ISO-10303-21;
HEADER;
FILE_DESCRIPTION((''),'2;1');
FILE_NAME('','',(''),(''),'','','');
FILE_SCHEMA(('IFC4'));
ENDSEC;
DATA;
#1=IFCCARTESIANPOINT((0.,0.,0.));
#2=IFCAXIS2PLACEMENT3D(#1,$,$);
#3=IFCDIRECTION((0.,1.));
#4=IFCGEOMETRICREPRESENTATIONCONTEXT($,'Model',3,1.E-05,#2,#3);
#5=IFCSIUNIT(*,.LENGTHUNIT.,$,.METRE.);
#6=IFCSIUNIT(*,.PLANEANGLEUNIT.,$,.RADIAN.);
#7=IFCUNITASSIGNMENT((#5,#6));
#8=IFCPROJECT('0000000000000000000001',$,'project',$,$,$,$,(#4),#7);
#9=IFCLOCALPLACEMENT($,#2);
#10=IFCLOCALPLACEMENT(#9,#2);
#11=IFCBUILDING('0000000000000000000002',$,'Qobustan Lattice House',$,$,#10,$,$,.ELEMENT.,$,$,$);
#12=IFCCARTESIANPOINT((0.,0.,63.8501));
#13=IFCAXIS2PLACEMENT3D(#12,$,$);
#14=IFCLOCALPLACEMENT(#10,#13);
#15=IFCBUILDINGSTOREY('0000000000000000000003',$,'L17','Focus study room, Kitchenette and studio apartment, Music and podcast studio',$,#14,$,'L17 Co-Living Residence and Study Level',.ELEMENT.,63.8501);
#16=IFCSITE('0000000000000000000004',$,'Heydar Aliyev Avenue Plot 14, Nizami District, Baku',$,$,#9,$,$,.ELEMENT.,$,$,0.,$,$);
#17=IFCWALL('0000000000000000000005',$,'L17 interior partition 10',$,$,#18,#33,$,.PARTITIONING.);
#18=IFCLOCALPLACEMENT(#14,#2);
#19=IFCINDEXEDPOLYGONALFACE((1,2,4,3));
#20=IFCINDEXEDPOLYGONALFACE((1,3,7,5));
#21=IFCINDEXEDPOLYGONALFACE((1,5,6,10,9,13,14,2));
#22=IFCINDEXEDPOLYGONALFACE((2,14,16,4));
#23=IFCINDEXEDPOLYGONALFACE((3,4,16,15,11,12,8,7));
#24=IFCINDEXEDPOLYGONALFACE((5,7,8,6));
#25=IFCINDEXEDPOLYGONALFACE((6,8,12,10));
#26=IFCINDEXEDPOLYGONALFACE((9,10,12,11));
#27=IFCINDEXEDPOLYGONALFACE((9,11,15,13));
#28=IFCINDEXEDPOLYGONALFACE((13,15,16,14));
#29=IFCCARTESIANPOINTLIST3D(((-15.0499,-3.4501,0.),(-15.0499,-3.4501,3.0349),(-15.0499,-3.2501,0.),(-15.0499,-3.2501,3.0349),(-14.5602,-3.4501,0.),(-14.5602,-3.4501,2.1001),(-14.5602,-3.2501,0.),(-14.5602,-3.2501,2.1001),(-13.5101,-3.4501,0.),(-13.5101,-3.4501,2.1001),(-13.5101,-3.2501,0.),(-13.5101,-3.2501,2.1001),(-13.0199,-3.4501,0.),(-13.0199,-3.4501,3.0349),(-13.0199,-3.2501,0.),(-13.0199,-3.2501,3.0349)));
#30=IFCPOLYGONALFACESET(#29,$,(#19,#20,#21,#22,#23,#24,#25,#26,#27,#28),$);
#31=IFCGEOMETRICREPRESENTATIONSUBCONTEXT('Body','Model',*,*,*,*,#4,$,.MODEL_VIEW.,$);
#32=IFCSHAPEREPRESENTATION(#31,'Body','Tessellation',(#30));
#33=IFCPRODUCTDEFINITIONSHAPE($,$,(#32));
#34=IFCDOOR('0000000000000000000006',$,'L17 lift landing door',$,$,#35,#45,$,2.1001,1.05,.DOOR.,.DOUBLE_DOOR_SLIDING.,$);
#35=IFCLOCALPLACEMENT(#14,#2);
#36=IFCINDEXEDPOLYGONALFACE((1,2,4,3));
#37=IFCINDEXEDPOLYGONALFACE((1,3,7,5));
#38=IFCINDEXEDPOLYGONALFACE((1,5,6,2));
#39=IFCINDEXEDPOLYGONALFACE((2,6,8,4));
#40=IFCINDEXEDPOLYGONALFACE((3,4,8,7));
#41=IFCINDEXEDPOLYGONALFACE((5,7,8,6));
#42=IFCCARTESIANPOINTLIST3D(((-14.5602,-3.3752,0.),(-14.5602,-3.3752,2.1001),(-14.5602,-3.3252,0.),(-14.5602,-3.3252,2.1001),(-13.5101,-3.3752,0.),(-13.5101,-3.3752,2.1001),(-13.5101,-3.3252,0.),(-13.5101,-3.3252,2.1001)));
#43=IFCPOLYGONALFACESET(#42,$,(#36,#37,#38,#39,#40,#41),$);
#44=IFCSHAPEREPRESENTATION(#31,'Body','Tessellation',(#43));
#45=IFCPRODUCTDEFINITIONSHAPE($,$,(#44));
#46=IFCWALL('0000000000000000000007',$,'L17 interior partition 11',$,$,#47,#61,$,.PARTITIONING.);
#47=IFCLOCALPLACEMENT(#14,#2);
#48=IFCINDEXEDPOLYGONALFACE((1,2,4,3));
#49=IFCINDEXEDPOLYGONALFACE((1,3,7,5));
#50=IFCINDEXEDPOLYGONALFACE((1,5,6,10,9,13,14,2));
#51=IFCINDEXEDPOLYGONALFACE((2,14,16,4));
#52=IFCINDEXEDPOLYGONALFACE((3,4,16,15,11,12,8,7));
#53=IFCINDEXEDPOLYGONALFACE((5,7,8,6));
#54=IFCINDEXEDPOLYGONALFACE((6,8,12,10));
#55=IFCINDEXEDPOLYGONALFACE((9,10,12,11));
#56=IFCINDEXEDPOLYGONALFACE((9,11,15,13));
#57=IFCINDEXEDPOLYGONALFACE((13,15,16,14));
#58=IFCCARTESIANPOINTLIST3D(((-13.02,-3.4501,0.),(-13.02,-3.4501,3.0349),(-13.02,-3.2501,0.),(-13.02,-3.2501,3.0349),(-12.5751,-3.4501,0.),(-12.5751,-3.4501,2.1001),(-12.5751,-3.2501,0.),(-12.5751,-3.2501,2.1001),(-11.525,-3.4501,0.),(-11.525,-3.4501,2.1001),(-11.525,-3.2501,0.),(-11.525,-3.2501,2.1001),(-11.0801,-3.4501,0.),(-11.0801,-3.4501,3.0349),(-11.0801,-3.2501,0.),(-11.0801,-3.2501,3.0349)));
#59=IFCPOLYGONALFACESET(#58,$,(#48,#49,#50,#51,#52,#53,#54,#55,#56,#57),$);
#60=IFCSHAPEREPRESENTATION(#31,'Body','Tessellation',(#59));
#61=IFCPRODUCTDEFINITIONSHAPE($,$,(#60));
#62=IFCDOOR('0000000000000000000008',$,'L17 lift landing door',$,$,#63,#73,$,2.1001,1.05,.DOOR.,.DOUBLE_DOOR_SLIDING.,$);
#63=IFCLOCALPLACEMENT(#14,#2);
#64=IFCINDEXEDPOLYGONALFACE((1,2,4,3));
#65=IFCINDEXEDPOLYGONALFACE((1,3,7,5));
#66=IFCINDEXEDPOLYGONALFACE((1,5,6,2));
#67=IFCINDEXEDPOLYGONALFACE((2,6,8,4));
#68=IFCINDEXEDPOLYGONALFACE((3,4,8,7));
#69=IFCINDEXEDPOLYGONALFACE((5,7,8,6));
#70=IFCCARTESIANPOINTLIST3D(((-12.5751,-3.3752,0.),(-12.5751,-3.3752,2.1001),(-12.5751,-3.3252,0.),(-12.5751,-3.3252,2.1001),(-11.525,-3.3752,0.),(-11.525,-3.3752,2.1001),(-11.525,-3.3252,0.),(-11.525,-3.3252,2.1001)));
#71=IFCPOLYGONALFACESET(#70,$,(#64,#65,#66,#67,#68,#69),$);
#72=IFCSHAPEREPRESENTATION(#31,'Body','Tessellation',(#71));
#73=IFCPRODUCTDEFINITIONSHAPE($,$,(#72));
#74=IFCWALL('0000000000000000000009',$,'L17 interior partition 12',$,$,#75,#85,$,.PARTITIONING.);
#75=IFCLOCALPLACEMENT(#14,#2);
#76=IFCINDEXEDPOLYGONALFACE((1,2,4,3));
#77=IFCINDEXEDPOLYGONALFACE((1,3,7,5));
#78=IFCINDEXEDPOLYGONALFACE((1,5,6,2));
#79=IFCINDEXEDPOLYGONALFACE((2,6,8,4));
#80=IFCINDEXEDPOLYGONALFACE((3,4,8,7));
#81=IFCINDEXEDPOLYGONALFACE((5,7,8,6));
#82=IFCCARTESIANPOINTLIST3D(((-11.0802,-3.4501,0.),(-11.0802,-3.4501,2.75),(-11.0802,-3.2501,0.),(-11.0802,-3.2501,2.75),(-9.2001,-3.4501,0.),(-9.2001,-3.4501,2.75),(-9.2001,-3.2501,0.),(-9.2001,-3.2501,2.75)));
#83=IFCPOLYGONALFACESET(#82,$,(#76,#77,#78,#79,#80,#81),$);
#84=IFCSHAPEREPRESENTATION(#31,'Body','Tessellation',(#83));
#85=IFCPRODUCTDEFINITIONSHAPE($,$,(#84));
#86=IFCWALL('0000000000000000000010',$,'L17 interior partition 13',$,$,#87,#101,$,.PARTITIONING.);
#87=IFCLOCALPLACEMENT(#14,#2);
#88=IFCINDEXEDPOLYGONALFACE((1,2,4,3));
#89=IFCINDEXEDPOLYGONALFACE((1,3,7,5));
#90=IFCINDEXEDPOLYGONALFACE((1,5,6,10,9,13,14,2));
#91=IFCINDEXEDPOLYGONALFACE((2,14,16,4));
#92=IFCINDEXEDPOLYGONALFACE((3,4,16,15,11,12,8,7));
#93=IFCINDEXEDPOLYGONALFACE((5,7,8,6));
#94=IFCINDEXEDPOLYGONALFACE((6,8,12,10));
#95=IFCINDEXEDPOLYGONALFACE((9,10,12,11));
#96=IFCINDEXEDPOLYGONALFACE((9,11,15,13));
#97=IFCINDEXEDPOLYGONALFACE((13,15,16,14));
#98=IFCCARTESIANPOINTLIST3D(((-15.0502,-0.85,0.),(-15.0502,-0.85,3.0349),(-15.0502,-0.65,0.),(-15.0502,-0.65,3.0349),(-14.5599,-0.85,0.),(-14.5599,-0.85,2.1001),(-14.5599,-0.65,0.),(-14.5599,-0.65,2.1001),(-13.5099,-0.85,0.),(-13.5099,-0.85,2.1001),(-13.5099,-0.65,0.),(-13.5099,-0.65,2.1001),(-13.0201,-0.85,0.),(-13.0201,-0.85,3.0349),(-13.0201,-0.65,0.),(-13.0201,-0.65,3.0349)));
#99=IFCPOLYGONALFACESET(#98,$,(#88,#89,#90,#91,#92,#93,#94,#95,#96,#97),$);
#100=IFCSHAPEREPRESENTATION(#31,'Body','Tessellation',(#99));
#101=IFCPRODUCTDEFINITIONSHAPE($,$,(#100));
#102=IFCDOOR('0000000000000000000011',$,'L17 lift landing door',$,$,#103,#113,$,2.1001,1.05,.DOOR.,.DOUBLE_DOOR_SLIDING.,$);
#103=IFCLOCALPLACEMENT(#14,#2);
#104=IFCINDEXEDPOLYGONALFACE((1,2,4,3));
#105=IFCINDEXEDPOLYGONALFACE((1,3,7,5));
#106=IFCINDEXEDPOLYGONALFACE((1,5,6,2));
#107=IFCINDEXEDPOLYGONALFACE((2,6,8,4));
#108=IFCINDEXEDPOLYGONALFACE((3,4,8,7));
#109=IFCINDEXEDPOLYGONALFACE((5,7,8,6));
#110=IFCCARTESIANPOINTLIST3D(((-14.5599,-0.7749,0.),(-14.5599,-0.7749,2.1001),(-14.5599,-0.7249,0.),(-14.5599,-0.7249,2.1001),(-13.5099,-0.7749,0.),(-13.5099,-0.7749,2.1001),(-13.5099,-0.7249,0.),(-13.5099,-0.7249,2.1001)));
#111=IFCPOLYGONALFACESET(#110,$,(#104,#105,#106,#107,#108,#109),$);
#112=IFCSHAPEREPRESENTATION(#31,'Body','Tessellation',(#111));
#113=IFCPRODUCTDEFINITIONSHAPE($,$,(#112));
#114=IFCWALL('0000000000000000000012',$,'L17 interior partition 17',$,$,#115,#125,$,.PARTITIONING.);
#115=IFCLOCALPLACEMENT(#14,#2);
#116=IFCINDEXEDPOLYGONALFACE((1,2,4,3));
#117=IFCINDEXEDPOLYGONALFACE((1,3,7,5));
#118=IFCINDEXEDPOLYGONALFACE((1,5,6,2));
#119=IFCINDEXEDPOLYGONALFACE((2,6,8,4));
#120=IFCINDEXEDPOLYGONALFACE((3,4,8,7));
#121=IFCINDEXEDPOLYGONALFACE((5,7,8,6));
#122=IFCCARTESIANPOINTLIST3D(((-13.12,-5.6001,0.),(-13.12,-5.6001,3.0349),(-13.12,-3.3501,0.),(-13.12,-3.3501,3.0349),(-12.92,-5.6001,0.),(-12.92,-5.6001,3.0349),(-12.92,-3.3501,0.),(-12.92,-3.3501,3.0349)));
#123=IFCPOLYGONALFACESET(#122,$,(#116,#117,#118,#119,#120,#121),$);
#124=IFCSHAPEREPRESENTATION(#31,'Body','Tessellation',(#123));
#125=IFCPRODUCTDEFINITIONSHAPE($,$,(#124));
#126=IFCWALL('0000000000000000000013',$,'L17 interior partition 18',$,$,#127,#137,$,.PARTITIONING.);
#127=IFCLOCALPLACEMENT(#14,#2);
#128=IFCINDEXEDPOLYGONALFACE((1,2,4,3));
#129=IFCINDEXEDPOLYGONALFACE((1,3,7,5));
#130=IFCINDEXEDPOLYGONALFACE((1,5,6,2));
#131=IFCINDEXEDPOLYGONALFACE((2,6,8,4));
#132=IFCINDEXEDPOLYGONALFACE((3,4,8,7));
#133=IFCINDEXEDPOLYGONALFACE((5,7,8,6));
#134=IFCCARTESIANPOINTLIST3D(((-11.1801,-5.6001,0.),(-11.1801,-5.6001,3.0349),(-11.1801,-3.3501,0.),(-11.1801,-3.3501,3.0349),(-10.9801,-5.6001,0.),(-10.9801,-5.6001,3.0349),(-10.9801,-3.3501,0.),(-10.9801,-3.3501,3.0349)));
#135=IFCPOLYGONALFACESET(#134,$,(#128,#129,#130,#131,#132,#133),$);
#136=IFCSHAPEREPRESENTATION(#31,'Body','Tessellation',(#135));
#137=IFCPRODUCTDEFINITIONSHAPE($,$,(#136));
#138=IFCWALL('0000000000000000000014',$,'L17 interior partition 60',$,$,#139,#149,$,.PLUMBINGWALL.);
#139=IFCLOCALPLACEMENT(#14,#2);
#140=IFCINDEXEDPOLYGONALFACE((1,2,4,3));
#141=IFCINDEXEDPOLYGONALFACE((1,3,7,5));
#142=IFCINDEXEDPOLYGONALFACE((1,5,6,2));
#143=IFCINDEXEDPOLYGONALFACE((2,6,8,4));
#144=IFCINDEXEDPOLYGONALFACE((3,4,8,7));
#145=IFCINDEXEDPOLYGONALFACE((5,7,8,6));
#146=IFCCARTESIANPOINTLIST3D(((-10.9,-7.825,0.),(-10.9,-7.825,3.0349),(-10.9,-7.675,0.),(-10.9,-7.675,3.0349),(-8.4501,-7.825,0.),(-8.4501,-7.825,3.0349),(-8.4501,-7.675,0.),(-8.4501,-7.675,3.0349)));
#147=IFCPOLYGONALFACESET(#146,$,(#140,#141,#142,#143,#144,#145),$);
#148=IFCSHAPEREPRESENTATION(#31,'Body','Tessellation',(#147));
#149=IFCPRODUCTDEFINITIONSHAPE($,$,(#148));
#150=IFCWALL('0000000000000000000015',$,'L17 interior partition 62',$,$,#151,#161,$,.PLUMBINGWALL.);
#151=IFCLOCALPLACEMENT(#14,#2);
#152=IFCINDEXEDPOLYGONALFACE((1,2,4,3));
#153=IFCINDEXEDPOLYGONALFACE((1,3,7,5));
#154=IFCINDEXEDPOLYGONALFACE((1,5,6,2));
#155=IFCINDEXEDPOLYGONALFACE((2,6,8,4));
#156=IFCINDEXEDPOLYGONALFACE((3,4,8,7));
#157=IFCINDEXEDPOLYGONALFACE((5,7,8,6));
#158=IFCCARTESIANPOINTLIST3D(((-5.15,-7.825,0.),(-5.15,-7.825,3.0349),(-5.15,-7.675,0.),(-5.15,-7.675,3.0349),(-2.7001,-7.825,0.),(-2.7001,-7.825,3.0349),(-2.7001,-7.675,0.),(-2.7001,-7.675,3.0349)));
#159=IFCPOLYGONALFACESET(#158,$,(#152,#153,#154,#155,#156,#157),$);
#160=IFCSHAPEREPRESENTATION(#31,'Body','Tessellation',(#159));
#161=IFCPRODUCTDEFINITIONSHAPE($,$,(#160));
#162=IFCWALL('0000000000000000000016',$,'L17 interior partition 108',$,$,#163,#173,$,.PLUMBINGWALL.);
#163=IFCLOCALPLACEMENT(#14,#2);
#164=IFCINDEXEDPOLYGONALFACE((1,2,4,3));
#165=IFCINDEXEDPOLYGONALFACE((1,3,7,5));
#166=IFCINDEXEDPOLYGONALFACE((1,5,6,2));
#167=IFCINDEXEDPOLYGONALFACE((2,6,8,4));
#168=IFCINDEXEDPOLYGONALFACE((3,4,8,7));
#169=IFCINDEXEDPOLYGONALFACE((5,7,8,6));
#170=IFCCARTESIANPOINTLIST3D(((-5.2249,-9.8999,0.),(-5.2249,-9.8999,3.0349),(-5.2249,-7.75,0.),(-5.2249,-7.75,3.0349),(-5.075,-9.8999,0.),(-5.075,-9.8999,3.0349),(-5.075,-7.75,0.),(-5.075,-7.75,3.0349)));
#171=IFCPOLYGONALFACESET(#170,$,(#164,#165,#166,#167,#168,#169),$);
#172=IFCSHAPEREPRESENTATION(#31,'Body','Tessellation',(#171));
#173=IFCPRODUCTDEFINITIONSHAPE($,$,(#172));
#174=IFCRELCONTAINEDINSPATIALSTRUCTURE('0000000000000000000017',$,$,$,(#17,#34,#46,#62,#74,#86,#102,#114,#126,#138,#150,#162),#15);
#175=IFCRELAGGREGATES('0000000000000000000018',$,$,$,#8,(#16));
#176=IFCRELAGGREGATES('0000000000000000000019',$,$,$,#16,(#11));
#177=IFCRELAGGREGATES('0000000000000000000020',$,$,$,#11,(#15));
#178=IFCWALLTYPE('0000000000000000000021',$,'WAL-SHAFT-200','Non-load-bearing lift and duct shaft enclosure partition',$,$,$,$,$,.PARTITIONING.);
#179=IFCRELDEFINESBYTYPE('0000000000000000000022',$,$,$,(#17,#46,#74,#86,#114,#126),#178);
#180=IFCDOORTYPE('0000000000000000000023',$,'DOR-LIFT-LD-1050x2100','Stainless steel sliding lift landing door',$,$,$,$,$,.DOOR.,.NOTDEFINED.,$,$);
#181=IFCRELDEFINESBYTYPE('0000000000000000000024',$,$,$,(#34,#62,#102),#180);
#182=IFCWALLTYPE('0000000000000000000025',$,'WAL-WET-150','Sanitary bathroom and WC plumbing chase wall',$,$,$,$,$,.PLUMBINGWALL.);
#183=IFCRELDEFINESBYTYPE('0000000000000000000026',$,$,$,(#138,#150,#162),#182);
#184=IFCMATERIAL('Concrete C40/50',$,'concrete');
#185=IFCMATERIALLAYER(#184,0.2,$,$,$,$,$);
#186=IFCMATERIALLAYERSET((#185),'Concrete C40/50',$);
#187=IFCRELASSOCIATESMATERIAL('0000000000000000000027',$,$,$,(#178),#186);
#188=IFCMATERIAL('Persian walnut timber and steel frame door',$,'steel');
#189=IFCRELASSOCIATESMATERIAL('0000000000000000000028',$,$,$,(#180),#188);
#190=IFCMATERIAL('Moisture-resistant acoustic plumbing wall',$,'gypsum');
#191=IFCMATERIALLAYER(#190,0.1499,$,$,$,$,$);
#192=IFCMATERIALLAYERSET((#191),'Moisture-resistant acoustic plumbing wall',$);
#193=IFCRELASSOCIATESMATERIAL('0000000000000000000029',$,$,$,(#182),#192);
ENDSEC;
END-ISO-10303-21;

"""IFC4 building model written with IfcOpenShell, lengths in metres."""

from ifc_helpers import new_model, si_unit, direction, frame, frame_2d, origin, place, context, subcontext, project, spatial, rectangle, extrude, material, layer, layer_set, type_object, element, fill, save


model = new_model("IFC4")

# Units and contexts
model_context = context("Model", 3, precision=1e-05, world=origin(), true_north=direction((0.0, 1.0)))
body_context = subcontext(model_context, "Body", "Model", "MODEL_VIEW")
ifc_project = project(units=[si_unit("LENGTHUNIT", "METRE"), si_unit("PLANEANGLEUNIT", "RADIAN")], contexts=[model_context])

# Site, building, storey
site_placement = place(None, origin())
site = spatial("IfcSite", under=ifc_project, at=site_placement, Name="Heydar Aliyev Avenue Plot 14, Nizami District, Baku", CompositionType="ELEMENT", RefElevation=0.0)
building_placement = place(site_placement, origin())
building = spatial("IfcBuilding", under=site, at=building_placement, Name="Qobustan Lattice House", CompositionType="ELEMENT")
storey_placement = place(building_placement, frame((0.0, 0.0, 63.8501)))
storey = spatial("IfcBuildingStorey", under=building, at=storey_placement, Name="L17", Description="Focus study room, Kitchenette and studio apartment, Music and podcast studio", LongName="L17 Co-Living Residence and Study Level", CompositionType="ELEMENT", Elevation=63.8501)

# Shared definitions
ifc_material_1 = material(Name="Concrete C40/50", Category="concrete")
ifc_layer_1 = layer(ifc_material_1, 0.2)
ifc_layer_set_1 = layer_set([ifc_layer_1], Name="Concrete C40/50")
wall_type_1 = type_object("IfcWallType", Name="WAL-SHAFT-200", Description="Non-load-bearing lift and duct shaft enclosure partition", PredefinedType="PARTITIONING", material=ifc_layer_set_1)

# Walls, openings, doors
wall_1_placement = place(storey_placement, frame((-15.05, -3.3501, 0.0), z_axis=(0.0, 0.0, 1.0), x_axis=(1.0, 0.0, 0.0)))
wall_1 = element("IfcWall", 1, at=wall_1_placement, inside=storey, type_object=wall_type_1, Name="L17 interior partition 10", PredefinedType="PARTITIONING", context=body_context, shape_type="SweptSolid", body=[
    extrude(rectangle(XDim=2.03, YDim=0.2, at=frame_2d((1.0151, 0.0))), origin(), (0.0, 0.0, 1.0), 3.0349),
])
opening_1_placement = place(wall_1_placement, frame((0.49, 0.0, 0.0)))
opening_1 = element("IfcOpeningElement", 2, at=opening_1_placement, cuts=wall_1, PredefinedType="OPENING", context=body_context, shape_type="SweptSolid", body=[
    extrude(rectangle(XDim=1.05, YDim=2.1001, at=frame_2d((0.5249, 1.05))), frame((0.0, 0.1099, 0.0), z_axis=(0.0, -1.0, 0.0), x_axis=(1.0, 0.0, 0.0)), (0.0, 0.0, 1.0), 0.22),
])
ifc_material_2 = material(Name="Persian walnut timber and steel frame door", Category="steel")
door_type_1 = type_object("IfcDoorType", Name="DOR-LIFT-LD-1050x2100", Description="Stainless steel sliding lift landing door", OperationType="NOTDEFINED", PredefinedType="DOOR", material=ifc_material_2)
door_1_placement = place(opening_1_placement, origin())
door_1 = element("IfcDoor", 3, at=door_1_placement, inside=storey, type_object=door_type_1, Name="L17 lift landing door", OperationType="DOUBLE_DOOR_SLIDING", OverallHeight=2.1001, OverallWidth=1.05, PredefinedType="DOOR", context=body_context, shape_type="SweptSolid", body=[
    extrude(rectangle(XDim=1.05, YDim=2.1001, at=frame_2d((0.5249, 1.05))), frame((0.0, 0.0249, 0.0), z_axis=(0.0, -1.0, 0.0), x_axis=(1.0, 0.0, 0.0)), (0.0, 0.0, 1.0), 0.05),
])
fill(opening_1, door_1)
wall_2_placement = place(storey_placement, frame((-13.02, -3.3501, 0.0), z_axis=(0.0, 0.0, 1.0), x_axis=(1.0, 0.0, 0.0)))
wall_2 = element("IfcWall", 4, at=wall_2_placement, inside=storey, type_object=wall_type_1, Name="L17 interior partition 11", PredefinedType="PARTITIONING", context=body_context, shape_type="SweptSolid", body=[
    extrude(rectangle(XDim=1.9399, YDim=0.2, at=frame_2d((0.97, 0.0))), origin(), (0.0, 0.0, 1.0), 3.0349),
])
opening_2_placement = place(wall_2_placement, frame((0.4451, 0.0, 0.0)))
opening_2 = element("IfcOpeningElement", 5, at=opening_2_placement, cuts=wall_2, PredefinedType="OPENING", context=body_context, shape_type="SweptSolid", body=[
    extrude(rectangle(XDim=1.05, YDim=2.1001, at=frame_2d((0.5249, 1.05))), frame((0.0, 0.1099, 0.0), z_axis=(0.0, -1.0, 0.0), x_axis=(1.0, 0.0, 0.0)), (0.0, 0.0, 1.0), 0.22),
])
door_2_placement = place(opening_2_placement, origin())
door_2 = element("IfcDoor", 6, at=door_2_placement, inside=storey, type_object=door_type_1, Name="L17 lift landing door", OperationType="DOUBLE_DOOR_SLIDING", OverallHeight=2.1001, OverallWidth=1.05, PredefinedType="DOOR", context=body_context, shape_type="SweptSolid", body=[
    extrude(rectangle(XDim=1.05, YDim=2.1001, at=frame_2d((0.5249, 1.05))), frame((0.0, 0.0249, 0.0), z_axis=(0.0, -1.0, 0.0), x_axis=(1.0, 0.0, 0.0)), (0.0, 0.0, 1.0), 0.05),
])
fill(opening_2, door_2)

# Wall
wall_3_placement = place(storey_placement, frame((-11.0801, -3.3501, 0.0), z_axis=(0.0, 0.0, 1.0), x_axis=(1.0, 0.0, 0.0)))
element("IfcWall", 7, at=wall_3_placement, inside=storey, type_object=wall_type_1, Name="L17 interior partition 12", PredefinedType="PARTITIONING", context=body_context, shape_type="SweptSolid", body=[
    extrude(rectangle(XDim=1.8801, YDim=0.2, at=frame_2d((0.9399, 0.0))), origin(), (0.0, 0.0, 1.0), 2.75),
])

# Wall, opening, door
wall_4_placement = place(storey_placement, frame((-13.02, -0.75, 0.0), z_axis=(0.0, 0.0, 1.0), x_axis=(-1.0, 0.0, 0.0)))
wall_4 = element("IfcWall", 8, at=wall_4_placement, inside=storey, type_object=wall_type_1, Name="L17 interior partition 13", PredefinedType="PARTITIONING", context=body_context, shape_type="SweptSolid", body=[
    extrude(rectangle(XDim=2.03, YDim=0.2, at=frame_2d((1.0151, 0.0))), origin(), (0.0, 0.0, 1.0), 3.0349),
])
opening_3_placement = place(wall_4_placement, frame((0.49, 0.0, 0.0)))
opening_3 = element("IfcOpeningElement", 9, at=opening_3_placement, cuts=wall_4, PredefinedType="OPENING", context=body_context, shape_type="SweptSolid", body=[
    extrude(rectangle(XDim=1.05, YDim=2.1001, at=frame_2d((0.5249, 1.05))), frame((0.0, 0.1099, 0.0), z_axis=(0.0, -1.0, 0.0), x_axis=(1.0, 0.0, 0.0)), (0.0, 0.0, 1.0), 0.22),
])
door_3_placement = place(opening_3_placement, origin())
door_3 = element("IfcDoor", 10, at=door_3_placement, inside=storey, type_object=door_type_1, Name="L17 lift landing door", OperationType="DOUBLE_DOOR_SLIDING", OverallHeight=2.1001, OverallWidth=1.05, PredefinedType="DOOR", context=body_context, shape_type="SweptSolid", body=[
    extrude(rectangle(XDim=1.05, YDim=2.1001, at=frame_2d((0.5249, 1.05))), frame((0.0, 0.0249, 0.0), z_axis=(0.0, -1.0, 0.0), x_axis=(1.0, 0.0, 0.0)), (0.0, 0.0, 1.0), 0.05),
])
fill(opening_3, door_3)

# Walls
for number, where, z_axis, x_axis, name in (
    (11, (-13.02, -5.6001, 0.0), (0.0, 0.0, 1.0), (0.0, 1.0, 0.0), "L17 interior partition 17"),
    (12, (-11.0801, -5.6001, 0.0), (0.0, 0.0, 1.0), (0.0, 1.0, 0.0), "L17 interior partition 18"),
):
    element("IfcWall", number, at=place(storey_placement, frame(where, z_axis=z_axis, x_axis=x_axis)), inside=storey, type_object=wall_type_1, Name=name, PredefinedType="PARTITIONING", context=body_context, shape_type="SweptSolid", body=[
        extrude(rectangle(XDim=2.25, YDim=0.2, at=frame_2d((1.125, 0.0))), origin(), (0.0, 0.0, 1.0), 3.0349),
    ])
ifc_material_3 = material(Name="Moisture-resistant acoustic plumbing wall", Category="gypsum")
ifc_layer_2 = layer(ifc_material_3, 0.1499)
ifc_layer_set_2 = layer_set([ifc_layer_2], Name="Moisture-resistant acoustic plumbing wall")
wall_type_2 = type_object("IfcWallType", Name="WAL-WET-150", Description="Sanitary bathroom and WC plumbing chase wall", PredefinedType="PLUMBINGWALL", material=ifc_layer_set_2)
for number, where, z_axis, x_axis, name in (
    (13, (-8.45, -7.75, 0.0), (0.0, 0.0, 1.0), (-1.0, 0.0, 0.0), "L17 interior partition 60"),
    (14, (-2.7, -7.75, 0.0), (0.0, 0.0, 1.0), (-1.0, 0.0, 0.0), "L17 interior partition 62"),
):
    element("IfcWall", number, at=place(storey_placement, frame(where, z_axis=z_axis, x_axis=x_axis)), inside=storey, type_object=wall_type_2, Name=name, PredefinedType="PLUMBINGWALL", context=body_context, shape_type="SweptSolid", body=[
        extrude(rectangle(XDim=2.45, YDim=0.1499, at=frame_2d((1.2251, 0.0))), origin(), (0.0, 0.0, 1.0), 3.0349),
    ])
wall_5_placement = place(storey_placement, frame((-5.1499, -7.75, 0.0), z_axis=(0.0, 0.0, 1.0), x_axis=(0.0, -1.0, 0.0)))
element("IfcWall", 15, at=wall_5_placement, inside=storey, type_object=wall_type_2, Name="L17 interior partition 108", PredefinedType="PLUMBINGWALL", context=body_context, shape_type="SweptSolid", body=[
    extrude(rectangle(XDim=2.1499, YDim=0.1499, at=frame_2d((1.075, 0.0))), origin(), (0.0, 0.0, 1.0), 3.0349),
])

save(model, "model.ifc")
